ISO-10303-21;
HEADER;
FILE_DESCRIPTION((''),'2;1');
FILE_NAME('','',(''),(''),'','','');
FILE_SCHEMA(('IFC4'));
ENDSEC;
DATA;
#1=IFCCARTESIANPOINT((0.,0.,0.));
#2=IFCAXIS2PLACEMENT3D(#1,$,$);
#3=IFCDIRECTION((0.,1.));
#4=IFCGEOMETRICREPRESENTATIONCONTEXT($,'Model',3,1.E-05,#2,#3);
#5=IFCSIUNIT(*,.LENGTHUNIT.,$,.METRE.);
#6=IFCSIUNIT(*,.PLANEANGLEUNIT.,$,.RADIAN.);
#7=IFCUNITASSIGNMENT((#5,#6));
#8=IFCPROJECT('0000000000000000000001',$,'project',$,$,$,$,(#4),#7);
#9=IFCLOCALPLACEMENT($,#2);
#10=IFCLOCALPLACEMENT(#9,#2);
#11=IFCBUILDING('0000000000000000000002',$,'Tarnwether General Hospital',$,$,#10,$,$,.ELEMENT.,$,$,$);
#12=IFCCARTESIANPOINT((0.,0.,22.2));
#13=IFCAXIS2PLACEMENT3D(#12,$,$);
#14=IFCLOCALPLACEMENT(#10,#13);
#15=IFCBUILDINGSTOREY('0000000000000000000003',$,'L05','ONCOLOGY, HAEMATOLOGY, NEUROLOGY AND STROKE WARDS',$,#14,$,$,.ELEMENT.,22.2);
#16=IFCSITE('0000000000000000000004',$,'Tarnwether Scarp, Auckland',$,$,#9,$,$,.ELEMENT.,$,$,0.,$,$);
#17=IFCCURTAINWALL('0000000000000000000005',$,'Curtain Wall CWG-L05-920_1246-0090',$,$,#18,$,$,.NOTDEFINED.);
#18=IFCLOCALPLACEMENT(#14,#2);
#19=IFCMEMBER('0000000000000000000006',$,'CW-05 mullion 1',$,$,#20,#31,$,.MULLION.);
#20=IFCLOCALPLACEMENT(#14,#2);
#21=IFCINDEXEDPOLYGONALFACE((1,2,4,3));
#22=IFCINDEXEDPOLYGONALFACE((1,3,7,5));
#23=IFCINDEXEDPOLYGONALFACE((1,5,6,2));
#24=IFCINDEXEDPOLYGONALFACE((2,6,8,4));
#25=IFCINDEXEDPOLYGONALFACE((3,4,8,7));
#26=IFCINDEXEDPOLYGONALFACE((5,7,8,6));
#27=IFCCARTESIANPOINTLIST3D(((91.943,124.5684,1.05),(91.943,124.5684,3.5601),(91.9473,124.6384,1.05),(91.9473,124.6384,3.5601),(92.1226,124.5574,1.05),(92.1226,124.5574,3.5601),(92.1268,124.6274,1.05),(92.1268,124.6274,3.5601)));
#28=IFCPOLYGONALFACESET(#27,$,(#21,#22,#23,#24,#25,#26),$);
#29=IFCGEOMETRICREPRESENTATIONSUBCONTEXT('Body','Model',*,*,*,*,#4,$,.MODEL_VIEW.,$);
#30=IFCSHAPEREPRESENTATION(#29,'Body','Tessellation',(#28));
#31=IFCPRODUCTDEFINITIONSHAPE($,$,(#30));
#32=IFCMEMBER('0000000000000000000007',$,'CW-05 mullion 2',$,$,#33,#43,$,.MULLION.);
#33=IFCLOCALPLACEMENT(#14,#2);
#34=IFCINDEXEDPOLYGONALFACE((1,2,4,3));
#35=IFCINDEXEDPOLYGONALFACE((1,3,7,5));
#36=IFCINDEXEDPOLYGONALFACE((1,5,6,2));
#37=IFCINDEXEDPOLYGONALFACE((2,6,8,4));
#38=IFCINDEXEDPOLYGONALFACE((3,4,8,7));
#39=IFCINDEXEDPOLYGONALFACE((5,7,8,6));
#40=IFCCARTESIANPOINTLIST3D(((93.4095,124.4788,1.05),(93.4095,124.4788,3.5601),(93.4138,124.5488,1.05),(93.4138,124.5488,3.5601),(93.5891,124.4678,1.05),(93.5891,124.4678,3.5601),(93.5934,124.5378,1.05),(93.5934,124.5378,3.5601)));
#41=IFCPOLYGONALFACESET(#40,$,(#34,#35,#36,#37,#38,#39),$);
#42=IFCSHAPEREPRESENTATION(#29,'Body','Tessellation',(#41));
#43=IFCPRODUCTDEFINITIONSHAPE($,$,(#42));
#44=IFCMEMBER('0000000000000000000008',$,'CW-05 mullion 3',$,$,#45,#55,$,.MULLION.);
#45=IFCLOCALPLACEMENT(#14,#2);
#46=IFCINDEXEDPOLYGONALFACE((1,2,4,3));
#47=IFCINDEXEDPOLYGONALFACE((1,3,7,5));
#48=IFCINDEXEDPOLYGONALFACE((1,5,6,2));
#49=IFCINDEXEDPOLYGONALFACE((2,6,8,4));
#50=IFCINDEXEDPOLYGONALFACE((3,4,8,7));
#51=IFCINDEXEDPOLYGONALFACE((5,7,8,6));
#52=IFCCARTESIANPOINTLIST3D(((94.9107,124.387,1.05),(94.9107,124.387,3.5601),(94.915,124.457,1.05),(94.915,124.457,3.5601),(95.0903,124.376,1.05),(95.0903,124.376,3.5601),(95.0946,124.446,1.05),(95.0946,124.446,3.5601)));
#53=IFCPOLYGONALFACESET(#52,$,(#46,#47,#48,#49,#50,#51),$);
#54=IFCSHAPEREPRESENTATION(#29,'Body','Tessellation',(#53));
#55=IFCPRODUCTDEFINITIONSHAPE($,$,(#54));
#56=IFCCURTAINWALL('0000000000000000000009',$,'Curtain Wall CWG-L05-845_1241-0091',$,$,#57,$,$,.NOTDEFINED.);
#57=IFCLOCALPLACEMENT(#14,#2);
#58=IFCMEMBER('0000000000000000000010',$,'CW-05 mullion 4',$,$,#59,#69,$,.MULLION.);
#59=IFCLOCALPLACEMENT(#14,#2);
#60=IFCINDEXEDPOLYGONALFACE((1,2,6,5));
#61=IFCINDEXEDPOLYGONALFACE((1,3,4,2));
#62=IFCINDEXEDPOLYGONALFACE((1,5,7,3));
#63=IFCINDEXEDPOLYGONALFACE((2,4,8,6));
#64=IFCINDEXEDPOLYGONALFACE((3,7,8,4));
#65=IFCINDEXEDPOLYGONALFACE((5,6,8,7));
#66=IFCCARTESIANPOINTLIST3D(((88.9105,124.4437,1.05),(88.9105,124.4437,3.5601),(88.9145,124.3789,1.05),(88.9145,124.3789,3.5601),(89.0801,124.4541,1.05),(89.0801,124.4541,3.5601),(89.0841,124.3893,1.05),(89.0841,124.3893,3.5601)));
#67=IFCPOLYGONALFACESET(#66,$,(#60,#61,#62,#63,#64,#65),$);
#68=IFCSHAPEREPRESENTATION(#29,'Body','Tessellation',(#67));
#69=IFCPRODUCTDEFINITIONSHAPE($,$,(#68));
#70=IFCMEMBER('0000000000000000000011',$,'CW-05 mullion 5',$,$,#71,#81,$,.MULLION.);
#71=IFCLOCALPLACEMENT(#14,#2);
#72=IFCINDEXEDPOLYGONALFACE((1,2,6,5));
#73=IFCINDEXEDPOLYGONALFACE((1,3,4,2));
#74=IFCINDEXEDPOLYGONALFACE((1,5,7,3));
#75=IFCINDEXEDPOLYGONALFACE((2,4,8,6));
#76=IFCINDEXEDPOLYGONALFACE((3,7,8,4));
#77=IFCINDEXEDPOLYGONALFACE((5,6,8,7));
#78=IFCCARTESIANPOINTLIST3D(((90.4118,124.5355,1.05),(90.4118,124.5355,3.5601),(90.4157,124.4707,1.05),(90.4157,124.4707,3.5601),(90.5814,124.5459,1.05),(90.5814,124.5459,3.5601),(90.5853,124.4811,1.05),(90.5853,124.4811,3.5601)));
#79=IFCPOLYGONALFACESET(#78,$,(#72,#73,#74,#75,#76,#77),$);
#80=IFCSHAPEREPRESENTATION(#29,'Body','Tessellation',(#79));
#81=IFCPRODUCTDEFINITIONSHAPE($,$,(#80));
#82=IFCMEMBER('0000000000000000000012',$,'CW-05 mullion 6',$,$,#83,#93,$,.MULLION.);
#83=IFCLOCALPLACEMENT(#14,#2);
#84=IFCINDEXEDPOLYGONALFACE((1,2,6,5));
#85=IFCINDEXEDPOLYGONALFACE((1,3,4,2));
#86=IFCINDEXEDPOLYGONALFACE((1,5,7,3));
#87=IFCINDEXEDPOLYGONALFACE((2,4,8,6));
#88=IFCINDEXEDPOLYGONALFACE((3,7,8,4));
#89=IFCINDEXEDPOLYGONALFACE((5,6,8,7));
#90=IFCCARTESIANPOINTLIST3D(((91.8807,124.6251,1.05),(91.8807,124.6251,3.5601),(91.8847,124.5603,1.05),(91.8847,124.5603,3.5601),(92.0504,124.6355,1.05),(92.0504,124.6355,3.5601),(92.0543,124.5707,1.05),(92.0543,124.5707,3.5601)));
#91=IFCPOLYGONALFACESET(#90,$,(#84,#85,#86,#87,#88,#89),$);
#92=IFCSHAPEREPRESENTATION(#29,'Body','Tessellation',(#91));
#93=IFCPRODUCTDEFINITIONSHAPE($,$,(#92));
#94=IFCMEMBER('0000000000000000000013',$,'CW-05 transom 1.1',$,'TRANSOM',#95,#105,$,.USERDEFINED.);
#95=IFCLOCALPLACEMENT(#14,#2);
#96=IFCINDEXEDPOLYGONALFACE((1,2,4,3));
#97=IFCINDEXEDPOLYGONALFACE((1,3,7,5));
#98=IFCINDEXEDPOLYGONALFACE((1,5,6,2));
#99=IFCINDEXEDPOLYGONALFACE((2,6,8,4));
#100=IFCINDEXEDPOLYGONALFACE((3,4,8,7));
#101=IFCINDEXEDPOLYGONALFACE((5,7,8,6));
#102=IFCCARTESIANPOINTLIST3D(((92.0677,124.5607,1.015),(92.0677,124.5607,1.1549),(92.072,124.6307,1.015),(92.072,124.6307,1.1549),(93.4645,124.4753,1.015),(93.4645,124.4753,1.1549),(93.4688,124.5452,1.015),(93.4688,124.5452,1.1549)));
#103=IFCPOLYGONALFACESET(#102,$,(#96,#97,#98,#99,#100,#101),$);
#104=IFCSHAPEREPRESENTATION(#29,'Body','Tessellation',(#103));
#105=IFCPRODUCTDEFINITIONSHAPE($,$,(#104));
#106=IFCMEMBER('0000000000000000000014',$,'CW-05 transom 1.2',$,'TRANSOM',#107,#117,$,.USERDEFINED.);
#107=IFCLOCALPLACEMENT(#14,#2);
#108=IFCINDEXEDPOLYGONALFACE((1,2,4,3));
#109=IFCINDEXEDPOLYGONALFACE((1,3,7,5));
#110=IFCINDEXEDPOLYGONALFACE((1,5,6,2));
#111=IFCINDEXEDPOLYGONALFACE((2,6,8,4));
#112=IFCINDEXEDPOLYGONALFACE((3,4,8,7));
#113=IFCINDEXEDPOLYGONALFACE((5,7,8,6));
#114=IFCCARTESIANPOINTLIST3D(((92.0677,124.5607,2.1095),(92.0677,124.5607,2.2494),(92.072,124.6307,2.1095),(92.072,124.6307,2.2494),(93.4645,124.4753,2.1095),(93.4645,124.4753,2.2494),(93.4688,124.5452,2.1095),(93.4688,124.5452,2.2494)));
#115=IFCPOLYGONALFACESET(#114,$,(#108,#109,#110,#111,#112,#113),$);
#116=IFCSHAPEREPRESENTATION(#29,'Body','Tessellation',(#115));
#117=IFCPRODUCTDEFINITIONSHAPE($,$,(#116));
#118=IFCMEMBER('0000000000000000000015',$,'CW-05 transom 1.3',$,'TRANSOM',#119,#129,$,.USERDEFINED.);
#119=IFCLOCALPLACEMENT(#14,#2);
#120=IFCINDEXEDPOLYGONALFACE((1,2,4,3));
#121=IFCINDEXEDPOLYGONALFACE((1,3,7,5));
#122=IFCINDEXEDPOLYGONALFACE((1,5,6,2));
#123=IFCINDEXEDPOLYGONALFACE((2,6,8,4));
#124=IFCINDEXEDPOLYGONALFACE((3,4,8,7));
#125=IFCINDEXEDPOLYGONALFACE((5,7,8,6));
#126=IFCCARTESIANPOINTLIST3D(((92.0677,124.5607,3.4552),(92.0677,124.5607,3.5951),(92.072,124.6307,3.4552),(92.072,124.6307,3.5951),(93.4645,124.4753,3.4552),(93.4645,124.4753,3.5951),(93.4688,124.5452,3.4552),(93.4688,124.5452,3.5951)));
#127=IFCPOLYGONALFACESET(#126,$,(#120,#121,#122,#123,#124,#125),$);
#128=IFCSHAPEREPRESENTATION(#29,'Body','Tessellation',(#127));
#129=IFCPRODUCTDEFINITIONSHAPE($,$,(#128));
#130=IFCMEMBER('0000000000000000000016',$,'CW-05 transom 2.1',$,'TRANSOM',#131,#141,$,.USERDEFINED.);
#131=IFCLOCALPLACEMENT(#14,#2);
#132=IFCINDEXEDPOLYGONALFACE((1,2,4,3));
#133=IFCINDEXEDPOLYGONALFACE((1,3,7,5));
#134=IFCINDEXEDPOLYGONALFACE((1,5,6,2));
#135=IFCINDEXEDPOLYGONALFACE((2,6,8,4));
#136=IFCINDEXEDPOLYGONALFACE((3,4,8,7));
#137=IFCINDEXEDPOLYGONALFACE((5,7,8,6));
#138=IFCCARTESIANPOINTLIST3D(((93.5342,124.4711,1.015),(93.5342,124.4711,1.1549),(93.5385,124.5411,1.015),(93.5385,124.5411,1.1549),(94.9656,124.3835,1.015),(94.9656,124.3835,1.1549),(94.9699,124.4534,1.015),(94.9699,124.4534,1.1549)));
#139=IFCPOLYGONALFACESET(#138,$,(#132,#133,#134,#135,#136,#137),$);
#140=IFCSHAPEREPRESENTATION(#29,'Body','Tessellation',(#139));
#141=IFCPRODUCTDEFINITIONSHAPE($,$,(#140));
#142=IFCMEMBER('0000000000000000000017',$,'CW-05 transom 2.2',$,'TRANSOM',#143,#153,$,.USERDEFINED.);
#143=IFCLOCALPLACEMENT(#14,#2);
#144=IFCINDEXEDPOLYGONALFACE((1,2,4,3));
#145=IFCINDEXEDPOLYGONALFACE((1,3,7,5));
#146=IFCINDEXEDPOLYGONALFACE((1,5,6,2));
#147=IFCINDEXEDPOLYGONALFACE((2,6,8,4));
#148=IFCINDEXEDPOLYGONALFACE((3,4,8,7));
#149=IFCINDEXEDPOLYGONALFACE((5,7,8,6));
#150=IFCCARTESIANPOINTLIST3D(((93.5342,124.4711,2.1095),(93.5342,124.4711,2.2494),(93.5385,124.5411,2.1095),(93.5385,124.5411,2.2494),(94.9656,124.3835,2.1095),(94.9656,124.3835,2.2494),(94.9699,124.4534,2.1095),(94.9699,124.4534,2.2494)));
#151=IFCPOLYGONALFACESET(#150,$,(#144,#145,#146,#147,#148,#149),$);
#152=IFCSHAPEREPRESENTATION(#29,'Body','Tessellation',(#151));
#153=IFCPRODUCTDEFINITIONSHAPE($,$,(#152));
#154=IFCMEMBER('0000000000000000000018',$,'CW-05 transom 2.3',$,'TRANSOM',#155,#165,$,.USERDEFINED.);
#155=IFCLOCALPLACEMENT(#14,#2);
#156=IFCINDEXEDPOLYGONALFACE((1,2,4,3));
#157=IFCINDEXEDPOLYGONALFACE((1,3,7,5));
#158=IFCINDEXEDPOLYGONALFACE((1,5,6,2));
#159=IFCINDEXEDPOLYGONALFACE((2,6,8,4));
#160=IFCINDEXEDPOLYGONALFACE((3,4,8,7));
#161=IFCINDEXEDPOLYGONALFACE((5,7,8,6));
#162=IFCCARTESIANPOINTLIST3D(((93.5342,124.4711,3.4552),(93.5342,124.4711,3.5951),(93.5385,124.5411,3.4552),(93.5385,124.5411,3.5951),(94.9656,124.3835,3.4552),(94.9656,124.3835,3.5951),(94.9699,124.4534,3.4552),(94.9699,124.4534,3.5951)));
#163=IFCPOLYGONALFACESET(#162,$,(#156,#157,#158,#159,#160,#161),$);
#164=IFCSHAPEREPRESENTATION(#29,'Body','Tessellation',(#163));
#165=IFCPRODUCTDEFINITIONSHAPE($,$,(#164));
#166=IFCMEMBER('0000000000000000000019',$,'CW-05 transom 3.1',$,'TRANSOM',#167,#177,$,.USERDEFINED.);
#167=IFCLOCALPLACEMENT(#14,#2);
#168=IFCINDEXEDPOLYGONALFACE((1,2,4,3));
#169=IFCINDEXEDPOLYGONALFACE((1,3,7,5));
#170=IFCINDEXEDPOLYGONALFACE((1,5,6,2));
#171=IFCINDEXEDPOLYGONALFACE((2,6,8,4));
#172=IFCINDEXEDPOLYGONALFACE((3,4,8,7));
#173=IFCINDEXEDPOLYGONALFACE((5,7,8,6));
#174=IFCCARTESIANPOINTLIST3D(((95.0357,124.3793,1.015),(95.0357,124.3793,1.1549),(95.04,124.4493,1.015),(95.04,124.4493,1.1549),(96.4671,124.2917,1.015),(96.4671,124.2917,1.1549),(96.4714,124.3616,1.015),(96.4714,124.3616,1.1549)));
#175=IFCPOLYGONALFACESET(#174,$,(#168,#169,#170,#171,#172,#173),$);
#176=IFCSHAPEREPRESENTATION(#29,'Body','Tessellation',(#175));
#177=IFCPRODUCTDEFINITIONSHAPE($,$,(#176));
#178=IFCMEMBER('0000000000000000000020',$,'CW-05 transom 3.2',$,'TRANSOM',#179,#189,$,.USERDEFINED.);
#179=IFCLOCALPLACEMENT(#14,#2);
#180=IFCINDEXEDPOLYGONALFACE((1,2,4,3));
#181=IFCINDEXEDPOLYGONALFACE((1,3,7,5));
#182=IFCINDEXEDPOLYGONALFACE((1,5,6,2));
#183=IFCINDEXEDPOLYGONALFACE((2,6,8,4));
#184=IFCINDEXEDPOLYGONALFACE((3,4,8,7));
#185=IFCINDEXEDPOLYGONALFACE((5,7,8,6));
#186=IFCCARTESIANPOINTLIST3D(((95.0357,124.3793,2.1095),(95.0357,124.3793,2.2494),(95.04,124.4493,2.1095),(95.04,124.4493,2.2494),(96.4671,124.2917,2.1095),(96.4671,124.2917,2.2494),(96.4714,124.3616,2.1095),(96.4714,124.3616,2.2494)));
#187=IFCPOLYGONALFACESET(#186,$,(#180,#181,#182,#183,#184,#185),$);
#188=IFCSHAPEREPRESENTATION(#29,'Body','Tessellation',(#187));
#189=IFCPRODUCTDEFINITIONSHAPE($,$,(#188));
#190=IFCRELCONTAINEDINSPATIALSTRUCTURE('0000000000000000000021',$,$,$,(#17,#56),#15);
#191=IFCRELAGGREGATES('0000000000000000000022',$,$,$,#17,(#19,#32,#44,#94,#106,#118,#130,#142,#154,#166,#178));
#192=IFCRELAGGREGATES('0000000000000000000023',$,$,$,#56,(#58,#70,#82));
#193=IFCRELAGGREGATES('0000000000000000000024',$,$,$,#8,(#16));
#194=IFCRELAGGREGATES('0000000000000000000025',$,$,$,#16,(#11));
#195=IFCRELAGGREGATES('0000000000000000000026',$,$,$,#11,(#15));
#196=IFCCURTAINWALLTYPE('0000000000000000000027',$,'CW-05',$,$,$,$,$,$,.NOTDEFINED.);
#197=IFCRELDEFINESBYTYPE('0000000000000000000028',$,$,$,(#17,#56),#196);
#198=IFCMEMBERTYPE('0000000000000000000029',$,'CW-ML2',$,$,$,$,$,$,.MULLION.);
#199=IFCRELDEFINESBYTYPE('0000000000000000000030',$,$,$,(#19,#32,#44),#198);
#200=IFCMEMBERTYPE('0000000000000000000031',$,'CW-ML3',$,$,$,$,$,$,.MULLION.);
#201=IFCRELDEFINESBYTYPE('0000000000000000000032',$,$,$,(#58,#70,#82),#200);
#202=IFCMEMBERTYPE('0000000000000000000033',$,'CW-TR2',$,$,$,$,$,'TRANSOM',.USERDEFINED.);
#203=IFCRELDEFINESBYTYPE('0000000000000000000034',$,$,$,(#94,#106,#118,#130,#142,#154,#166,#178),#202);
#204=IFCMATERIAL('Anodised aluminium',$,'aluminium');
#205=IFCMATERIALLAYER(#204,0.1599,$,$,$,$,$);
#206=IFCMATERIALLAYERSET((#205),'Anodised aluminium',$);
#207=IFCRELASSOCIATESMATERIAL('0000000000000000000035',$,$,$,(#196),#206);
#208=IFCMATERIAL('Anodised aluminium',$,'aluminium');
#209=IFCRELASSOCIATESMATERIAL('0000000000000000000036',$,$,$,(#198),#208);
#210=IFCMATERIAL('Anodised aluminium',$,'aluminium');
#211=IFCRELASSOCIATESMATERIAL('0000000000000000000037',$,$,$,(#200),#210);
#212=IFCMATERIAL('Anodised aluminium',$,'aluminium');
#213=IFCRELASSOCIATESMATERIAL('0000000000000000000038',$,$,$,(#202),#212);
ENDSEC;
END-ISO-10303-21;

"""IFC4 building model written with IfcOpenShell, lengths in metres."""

from ifc_helpers import new_model, si_unit, direction, frame, origin, origin_2d, place, context, subcontext, project, spatial, rectangle, extrude, material, layer, layer_set, material_profile, profile_set, type_object, element, aggregate, save


model = new_model("IFC4")

# Units and contexts
model_context = context("Model", 3, precision=1e-05, world=origin(), true_north=direction((0.0, 1.0)))
body_context = subcontext(model_context, "Body", "Model", "MODEL_VIEW")
ifc_project = project(units=[si_unit("LENGTHUNIT", "METRE"), si_unit("PLANEANGLEUNIT", "RADIAN")], contexts=[model_context])

# Site, building, storey
site_placement = place(None, origin())
site = spatial("IfcSite", under=ifc_project, at=site_placement, Name="Tarnwether Scarp, Auckland", CompositionType="ELEMENT", RefElevation=0.0)
building_placement = place(site_placement, origin())
building = spatial("IfcBuilding", under=site, at=building_placement, Name="Tarnwether General Hospital", CompositionType="ELEMENT")
storey_placement = place(building_placement, frame((0.0, 0.0, 22.2)))
storey = spatial("IfcBuildingStorey", under=building, at=storey_placement, Name="L05", Description="ONCOLOGY, HAEMATOLOGY, NEUROLOGY AND STROKE WARDS", CompositionType="ELEMENT", Elevation=22.2)

# Curtain walls, members
ifc_material_1 = material(Name="Anodised aluminium", Category="aluminium")
ifc_layer_1 = layer(ifc_material_1, 0.1599)
ifc_layer_set_1 = layer_set([ifc_layer_1], Name="Anodised aluminium")
curtain_wall_type = type_object("IfcCurtainWallType", Name="CW-05", PredefinedType="NOTDEFINED", material=ifc_layer_set_1)
curtain_wall_1_placement = place(storey_placement, origin())
curtain_wall_1 = element("IfcCurtainWall", 1, at=curtain_wall_1_placement, inside=storey, type_object=curtain_wall_type, Name="Curtain Wall CWG-L05-920_1246-0090", PredefinedType="NOTDEFINED")
ifc_material_2 = material(Name="Anodised aluminium", Category="aluminium")
ifc_material_profile_1 = material_profile(ifc_material_2, rectangle(XDim=0.0701, YDim=0.1799, at=origin_2d()), Name="ALU-MUL-70x180")
ifc_profile_set_1 = profile_set([ifc_material_profile_1], Name="Anodised aluminium")
member_type_1 = type_object("IfcMemberType", Name="CW-ML2", PredefinedType="MULLION", material=ifc_profile_set_1)
member_1_placement = place(storey_placement, frame((92.0349, 124.5979, 1.05), z_axis=(0.0, 0.0, 1.0), x_axis=(0.061029, 0.998136, 0.0)))
member_1 = element("IfcMember", 2, at=member_1_placement, type_object=member_type_1, Name="CW-05 mullion 1", PredefinedType="MULLION", context=body_context, shape_type="SweptSolid", body=[
    extrude(rectangle(XDim=0.0701, YDim=0.1799, at=origin_2d()), origin(), (0.0, 0.0, 1.0), 2.51),
])
member_2_placement = place(storey_placement, frame((93.5015, 124.5083, 1.05), z_axis=(0.0, 0.0, 1.0), x_axis=(0.061029, 0.998136, 0.0)))
member_2 = element("IfcMember", 3, at=member_2_placement, type_object=member_type_1, Name="CW-05 mullion 2", PredefinedType="MULLION", context=body_context, shape_type="SweptSolid", body=[
    extrude(rectangle(XDim=0.0701, YDim=0.1799, at=origin_2d()), origin(), (0.0, 0.0, 1.0), 2.51),
])
member_3_placement = place(storey_placement, frame((95.0027, 124.4165, 1.05), z_axis=(0.0, 0.0, 1.0), x_axis=(0.061029, 0.998136, 0.0)))
member_3 = element("IfcMember", 4, at=member_3_placement, type_object=member_type_1, Name="CW-05 mullion 3", PredefinedType="MULLION", context=body_context, shape_type="SweptSolid", body=[
    extrude(rectangle(XDim=0.0701, YDim=0.1799, at=origin_2d()), origin(), (0.0, 0.0, 1.0), 2.51),
])
curtain_wall_2_placement = place(storey_placement, origin())
curtain_wall_2 = element("IfcCurtainWall", 5, at=curtain_wall_2_placement, inside=storey, type_object=curtain_wall_type, Name="Curtain Wall CWG-L05-845_1241-0091", PredefinedType="NOTDEFINED")
ifc_material_3 = material(Name="Anodised aluminium", Category="aluminium")
ifc_material_profile_2 = material_profile(ifc_material_3, rectangle(XDim=0.0649, YDim=0.1699, at=origin_2d()), Name="ALU-MUL-65x170")
ifc_profile_set_2 = profile_set([ifc_material_profile_2], Name="Anodised aluminium")
member_type_2 = type_object("IfcMemberType", Name="CW-ML3", PredefinedType="MULLION", material=ifc_profile_set_2)
member_4_placement = place(storey_placement, frame((88.9973, 124.4165, 1.05), z_axis=(0.0, 0.0, 1.0), x_axis=(-0.061029, 0.998136, 0.0)))
member_4 = element("IfcMember", 6, at=member_4_placement, type_object=member_type_2, Name="CW-05 mullion 4", PredefinedType="MULLION", context=body_context, shape_type="SweptSolid", body=[
    extrude(rectangle(XDim=0.0649, YDim=0.1699, at=origin_2d()), origin(), (0.0, 0.0, 1.0), 2.51),
])
member_5_placement = place(storey_placement, frame((90.4985, 124.5083, 1.05), z_axis=(0.0, 0.0, 1.0), x_axis=(-0.061029, 0.998136, 0.0)))
member_5 = element("IfcMember", 7, at=member_5_placement, type_object=member_type_2, Name="CW-05 mullion 5", PredefinedType="MULLION", context=body_context, shape_type="SweptSolid", body=[
    extrude(rectangle(XDim=0.0649, YDim=0.1699, at=origin_2d()), origin(), (0.0, 0.0, 1.0), 2.51),
])
member_6_placement = place(storey_placement, frame((91.9675, 124.5979, 1.05), z_axis=(0.0, 0.0, 1.0), x_axis=(-0.061029, 0.998136, 0.0)))
member_6 = element("IfcMember", 8, at=member_6_placement, type_object=member_type_2, Name="CW-05 mullion 6", PredefinedType="MULLION", context=body_context, shape_type="SweptSolid", body=[
    extrude(rectangle(XDim=0.0649, YDim=0.1699, at=origin_2d()), origin(), (0.0, 0.0, 1.0), 2.51),
])

# Members
ifc_material_4 = material(Name="Anodised aluminium", Category="aluminium")
ifc_material_profile_3 = material_profile(ifc_material_4, rectangle(XDim=0.0701, YDim=0.1399, at=origin_2d()), Name="ALU-TRN-70x140")
ifc_profile_set_3 = profile_set([ifc_material_profile_3], Name="Anodised aluminium")
member_type_3 = type_object("IfcMemberType", Name="CW-TR2", ElementType="TRANSOM", PredefinedType="USERDEFINED", material=ifc_profile_set_3)
member_7_placement = place(storey_placement, frame((92.0698, 124.5957, 1.085), z_axis=(0.998134, -0.061064, 0.0), x_axis=(0.061064, 0.998134, 0.0)))
member_7 = element("IfcMember", 9, at=member_7_placement, type_object=member_type_3, Name="CW-05 transom 1.1", ObjectType="TRANSOM", PredefinedType="USERDEFINED", context=body_context, shape_type="SweptSolid", body=[
    extrude(rectangle(XDim=0.0701, YDim=0.1399, at=origin_2d()), origin(), (0.0, 0.0, 1.0), 1.3994),
])
member_8_placement = place(storey_placement, frame((92.0698, 124.5957, 2.1794), z_axis=(0.998134, -0.061064, 0.0), x_axis=(0.061064, 0.998134, 0.0)))
member_8 = element("IfcMember", 10, at=member_8_placement, type_object=member_type_3, Name="CW-05 transom 1.2", ObjectType="TRANSOM", PredefinedType="USERDEFINED", context=body_context, shape_type="SweptSolid", body=[
    extrude(rectangle(XDim=0.0701, YDim=0.1399, at=origin_2d()), origin(), (0.0, 0.0, 1.0), 1.3994),
])
member_9_placement = place(storey_placement, frame((92.0698, 124.5957, 3.5251), z_axis=(0.998134, -0.061064, 0.0), x_axis=(0.061064, 0.998134, 0.0)))
member_9 = element("IfcMember", 11, at=member_9_placement, type_object=member_type_3, Name="CW-05 transom 1.3", ObjectType="TRANSOM", PredefinedType="USERDEFINED", context=body_context, shape_type="SweptSolid", body=[
    extrude(rectangle(XDim=0.0701, YDim=0.1399, at=origin_2d()), origin(), (0.0, 0.0, 1.0), 1.3994),
])
member_10_placement = place(storey_placement, frame((93.5364, 124.5061, 1.085), z_axis=(0.998131, -0.061117, 0.0), x_axis=(0.061117, 0.998131, 0.0)))
member_10 = element("IfcMember", 12, at=member_10_placement, type_object=member_type_3, Name="CW-05 transom 2.1", ObjectType="TRANSOM", PredefinedType="USERDEFINED", context=body_context, shape_type="SweptSolid", body=[
    extrude(rectangle(XDim=0.0701, YDim=0.1399, at=origin_2d()), origin(), (0.0, 0.0, 1.0), 1.4341),
])
member_11_placement = place(storey_placement, frame((93.5364, 124.5061, 2.1794), z_axis=(0.998131, -0.061117, 0.0), x_axis=(0.061117, 0.998131, 0.0)))
member_11 = element("IfcMember", 13, at=member_11_placement, type_object=member_type_3, Name="CW-05 transom 2.2", ObjectType="TRANSOM", PredefinedType="USERDEFINED", context=body_context, shape_type="SweptSolid", body=[
    extrude(rectangle(XDim=0.0701, YDim=0.1399, at=origin_2d()), origin(), (0.0, 0.0, 1.0), 1.4341),
])
member_12_placement = place(storey_placement, frame((93.5364, 124.5061, 3.5251), z_axis=(0.998131, -0.061117, 0.0), x_axis=(0.061117, 0.998131, 0.0)))
member_12 = element("IfcMember", 14, at=member_12_placement, type_object=member_type_3, Name="CW-05 transom 2.3", ObjectType="TRANSOM", PredefinedType="USERDEFINED", context=body_context, shape_type="SweptSolid", body=[
    extrude(rectangle(XDim=0.0701, YDim=0.1399, at=origin_2d()), origin(), (0.0, 0.0, 1.0), 1.4341),
])
member_13_placement = place(storey_placement, frame((95.0378, 124.4143, 1.085), z_axis=(0.998131, -0.061117, 0.0), x_axis=(0.061117, 0.998131, 0.0)))
member_13 = element("IfcMember", 15, at=member_13_placement, type_object=member_type_3, Name="CW-05 transom 3.1", ObjectType="TRANSOM", PredefinedType="USERDEFINED", context=body_context, shape_type="SweptSolid", body=[
    extrude(rectangle(XDim=0.0701, YDim=0.1399, at=origin_2d()), origin(), (0.0, 0.0, 1.0), 1.4341),
])
member_14_placement = place(storey_placement, frame((95.0378, 124.4143, 2.1794), z_axis=(0.998131, -0.061117, 0.0), x_axis=(0.061117, 0.998131, 0.0)))
member_14 = element("IfcMember", 16, at=member_14_placement, type_object=member_type_3, Name="CW-05 transom 3.2", ObjectType="TRANSOM", PredefinedType="USERDEFINED", context=body_context, shape_type="SweptSolid", body=[
    extrude(rectangle(XDim=0.0701, YDim=0.1399, at=origin_2d()), origin(), (0.0, 0.0, 1.0), 1.4341),
])

aggregate(curtain_wall_1, [member_1, member_2, member_3, member_7, member_8, member_9, member_10, member_11, member_12, member_13, member_14])
aggregate(curtain_wall_2, [member_4, member_5, member_6])

save(model, "model.ifc")
